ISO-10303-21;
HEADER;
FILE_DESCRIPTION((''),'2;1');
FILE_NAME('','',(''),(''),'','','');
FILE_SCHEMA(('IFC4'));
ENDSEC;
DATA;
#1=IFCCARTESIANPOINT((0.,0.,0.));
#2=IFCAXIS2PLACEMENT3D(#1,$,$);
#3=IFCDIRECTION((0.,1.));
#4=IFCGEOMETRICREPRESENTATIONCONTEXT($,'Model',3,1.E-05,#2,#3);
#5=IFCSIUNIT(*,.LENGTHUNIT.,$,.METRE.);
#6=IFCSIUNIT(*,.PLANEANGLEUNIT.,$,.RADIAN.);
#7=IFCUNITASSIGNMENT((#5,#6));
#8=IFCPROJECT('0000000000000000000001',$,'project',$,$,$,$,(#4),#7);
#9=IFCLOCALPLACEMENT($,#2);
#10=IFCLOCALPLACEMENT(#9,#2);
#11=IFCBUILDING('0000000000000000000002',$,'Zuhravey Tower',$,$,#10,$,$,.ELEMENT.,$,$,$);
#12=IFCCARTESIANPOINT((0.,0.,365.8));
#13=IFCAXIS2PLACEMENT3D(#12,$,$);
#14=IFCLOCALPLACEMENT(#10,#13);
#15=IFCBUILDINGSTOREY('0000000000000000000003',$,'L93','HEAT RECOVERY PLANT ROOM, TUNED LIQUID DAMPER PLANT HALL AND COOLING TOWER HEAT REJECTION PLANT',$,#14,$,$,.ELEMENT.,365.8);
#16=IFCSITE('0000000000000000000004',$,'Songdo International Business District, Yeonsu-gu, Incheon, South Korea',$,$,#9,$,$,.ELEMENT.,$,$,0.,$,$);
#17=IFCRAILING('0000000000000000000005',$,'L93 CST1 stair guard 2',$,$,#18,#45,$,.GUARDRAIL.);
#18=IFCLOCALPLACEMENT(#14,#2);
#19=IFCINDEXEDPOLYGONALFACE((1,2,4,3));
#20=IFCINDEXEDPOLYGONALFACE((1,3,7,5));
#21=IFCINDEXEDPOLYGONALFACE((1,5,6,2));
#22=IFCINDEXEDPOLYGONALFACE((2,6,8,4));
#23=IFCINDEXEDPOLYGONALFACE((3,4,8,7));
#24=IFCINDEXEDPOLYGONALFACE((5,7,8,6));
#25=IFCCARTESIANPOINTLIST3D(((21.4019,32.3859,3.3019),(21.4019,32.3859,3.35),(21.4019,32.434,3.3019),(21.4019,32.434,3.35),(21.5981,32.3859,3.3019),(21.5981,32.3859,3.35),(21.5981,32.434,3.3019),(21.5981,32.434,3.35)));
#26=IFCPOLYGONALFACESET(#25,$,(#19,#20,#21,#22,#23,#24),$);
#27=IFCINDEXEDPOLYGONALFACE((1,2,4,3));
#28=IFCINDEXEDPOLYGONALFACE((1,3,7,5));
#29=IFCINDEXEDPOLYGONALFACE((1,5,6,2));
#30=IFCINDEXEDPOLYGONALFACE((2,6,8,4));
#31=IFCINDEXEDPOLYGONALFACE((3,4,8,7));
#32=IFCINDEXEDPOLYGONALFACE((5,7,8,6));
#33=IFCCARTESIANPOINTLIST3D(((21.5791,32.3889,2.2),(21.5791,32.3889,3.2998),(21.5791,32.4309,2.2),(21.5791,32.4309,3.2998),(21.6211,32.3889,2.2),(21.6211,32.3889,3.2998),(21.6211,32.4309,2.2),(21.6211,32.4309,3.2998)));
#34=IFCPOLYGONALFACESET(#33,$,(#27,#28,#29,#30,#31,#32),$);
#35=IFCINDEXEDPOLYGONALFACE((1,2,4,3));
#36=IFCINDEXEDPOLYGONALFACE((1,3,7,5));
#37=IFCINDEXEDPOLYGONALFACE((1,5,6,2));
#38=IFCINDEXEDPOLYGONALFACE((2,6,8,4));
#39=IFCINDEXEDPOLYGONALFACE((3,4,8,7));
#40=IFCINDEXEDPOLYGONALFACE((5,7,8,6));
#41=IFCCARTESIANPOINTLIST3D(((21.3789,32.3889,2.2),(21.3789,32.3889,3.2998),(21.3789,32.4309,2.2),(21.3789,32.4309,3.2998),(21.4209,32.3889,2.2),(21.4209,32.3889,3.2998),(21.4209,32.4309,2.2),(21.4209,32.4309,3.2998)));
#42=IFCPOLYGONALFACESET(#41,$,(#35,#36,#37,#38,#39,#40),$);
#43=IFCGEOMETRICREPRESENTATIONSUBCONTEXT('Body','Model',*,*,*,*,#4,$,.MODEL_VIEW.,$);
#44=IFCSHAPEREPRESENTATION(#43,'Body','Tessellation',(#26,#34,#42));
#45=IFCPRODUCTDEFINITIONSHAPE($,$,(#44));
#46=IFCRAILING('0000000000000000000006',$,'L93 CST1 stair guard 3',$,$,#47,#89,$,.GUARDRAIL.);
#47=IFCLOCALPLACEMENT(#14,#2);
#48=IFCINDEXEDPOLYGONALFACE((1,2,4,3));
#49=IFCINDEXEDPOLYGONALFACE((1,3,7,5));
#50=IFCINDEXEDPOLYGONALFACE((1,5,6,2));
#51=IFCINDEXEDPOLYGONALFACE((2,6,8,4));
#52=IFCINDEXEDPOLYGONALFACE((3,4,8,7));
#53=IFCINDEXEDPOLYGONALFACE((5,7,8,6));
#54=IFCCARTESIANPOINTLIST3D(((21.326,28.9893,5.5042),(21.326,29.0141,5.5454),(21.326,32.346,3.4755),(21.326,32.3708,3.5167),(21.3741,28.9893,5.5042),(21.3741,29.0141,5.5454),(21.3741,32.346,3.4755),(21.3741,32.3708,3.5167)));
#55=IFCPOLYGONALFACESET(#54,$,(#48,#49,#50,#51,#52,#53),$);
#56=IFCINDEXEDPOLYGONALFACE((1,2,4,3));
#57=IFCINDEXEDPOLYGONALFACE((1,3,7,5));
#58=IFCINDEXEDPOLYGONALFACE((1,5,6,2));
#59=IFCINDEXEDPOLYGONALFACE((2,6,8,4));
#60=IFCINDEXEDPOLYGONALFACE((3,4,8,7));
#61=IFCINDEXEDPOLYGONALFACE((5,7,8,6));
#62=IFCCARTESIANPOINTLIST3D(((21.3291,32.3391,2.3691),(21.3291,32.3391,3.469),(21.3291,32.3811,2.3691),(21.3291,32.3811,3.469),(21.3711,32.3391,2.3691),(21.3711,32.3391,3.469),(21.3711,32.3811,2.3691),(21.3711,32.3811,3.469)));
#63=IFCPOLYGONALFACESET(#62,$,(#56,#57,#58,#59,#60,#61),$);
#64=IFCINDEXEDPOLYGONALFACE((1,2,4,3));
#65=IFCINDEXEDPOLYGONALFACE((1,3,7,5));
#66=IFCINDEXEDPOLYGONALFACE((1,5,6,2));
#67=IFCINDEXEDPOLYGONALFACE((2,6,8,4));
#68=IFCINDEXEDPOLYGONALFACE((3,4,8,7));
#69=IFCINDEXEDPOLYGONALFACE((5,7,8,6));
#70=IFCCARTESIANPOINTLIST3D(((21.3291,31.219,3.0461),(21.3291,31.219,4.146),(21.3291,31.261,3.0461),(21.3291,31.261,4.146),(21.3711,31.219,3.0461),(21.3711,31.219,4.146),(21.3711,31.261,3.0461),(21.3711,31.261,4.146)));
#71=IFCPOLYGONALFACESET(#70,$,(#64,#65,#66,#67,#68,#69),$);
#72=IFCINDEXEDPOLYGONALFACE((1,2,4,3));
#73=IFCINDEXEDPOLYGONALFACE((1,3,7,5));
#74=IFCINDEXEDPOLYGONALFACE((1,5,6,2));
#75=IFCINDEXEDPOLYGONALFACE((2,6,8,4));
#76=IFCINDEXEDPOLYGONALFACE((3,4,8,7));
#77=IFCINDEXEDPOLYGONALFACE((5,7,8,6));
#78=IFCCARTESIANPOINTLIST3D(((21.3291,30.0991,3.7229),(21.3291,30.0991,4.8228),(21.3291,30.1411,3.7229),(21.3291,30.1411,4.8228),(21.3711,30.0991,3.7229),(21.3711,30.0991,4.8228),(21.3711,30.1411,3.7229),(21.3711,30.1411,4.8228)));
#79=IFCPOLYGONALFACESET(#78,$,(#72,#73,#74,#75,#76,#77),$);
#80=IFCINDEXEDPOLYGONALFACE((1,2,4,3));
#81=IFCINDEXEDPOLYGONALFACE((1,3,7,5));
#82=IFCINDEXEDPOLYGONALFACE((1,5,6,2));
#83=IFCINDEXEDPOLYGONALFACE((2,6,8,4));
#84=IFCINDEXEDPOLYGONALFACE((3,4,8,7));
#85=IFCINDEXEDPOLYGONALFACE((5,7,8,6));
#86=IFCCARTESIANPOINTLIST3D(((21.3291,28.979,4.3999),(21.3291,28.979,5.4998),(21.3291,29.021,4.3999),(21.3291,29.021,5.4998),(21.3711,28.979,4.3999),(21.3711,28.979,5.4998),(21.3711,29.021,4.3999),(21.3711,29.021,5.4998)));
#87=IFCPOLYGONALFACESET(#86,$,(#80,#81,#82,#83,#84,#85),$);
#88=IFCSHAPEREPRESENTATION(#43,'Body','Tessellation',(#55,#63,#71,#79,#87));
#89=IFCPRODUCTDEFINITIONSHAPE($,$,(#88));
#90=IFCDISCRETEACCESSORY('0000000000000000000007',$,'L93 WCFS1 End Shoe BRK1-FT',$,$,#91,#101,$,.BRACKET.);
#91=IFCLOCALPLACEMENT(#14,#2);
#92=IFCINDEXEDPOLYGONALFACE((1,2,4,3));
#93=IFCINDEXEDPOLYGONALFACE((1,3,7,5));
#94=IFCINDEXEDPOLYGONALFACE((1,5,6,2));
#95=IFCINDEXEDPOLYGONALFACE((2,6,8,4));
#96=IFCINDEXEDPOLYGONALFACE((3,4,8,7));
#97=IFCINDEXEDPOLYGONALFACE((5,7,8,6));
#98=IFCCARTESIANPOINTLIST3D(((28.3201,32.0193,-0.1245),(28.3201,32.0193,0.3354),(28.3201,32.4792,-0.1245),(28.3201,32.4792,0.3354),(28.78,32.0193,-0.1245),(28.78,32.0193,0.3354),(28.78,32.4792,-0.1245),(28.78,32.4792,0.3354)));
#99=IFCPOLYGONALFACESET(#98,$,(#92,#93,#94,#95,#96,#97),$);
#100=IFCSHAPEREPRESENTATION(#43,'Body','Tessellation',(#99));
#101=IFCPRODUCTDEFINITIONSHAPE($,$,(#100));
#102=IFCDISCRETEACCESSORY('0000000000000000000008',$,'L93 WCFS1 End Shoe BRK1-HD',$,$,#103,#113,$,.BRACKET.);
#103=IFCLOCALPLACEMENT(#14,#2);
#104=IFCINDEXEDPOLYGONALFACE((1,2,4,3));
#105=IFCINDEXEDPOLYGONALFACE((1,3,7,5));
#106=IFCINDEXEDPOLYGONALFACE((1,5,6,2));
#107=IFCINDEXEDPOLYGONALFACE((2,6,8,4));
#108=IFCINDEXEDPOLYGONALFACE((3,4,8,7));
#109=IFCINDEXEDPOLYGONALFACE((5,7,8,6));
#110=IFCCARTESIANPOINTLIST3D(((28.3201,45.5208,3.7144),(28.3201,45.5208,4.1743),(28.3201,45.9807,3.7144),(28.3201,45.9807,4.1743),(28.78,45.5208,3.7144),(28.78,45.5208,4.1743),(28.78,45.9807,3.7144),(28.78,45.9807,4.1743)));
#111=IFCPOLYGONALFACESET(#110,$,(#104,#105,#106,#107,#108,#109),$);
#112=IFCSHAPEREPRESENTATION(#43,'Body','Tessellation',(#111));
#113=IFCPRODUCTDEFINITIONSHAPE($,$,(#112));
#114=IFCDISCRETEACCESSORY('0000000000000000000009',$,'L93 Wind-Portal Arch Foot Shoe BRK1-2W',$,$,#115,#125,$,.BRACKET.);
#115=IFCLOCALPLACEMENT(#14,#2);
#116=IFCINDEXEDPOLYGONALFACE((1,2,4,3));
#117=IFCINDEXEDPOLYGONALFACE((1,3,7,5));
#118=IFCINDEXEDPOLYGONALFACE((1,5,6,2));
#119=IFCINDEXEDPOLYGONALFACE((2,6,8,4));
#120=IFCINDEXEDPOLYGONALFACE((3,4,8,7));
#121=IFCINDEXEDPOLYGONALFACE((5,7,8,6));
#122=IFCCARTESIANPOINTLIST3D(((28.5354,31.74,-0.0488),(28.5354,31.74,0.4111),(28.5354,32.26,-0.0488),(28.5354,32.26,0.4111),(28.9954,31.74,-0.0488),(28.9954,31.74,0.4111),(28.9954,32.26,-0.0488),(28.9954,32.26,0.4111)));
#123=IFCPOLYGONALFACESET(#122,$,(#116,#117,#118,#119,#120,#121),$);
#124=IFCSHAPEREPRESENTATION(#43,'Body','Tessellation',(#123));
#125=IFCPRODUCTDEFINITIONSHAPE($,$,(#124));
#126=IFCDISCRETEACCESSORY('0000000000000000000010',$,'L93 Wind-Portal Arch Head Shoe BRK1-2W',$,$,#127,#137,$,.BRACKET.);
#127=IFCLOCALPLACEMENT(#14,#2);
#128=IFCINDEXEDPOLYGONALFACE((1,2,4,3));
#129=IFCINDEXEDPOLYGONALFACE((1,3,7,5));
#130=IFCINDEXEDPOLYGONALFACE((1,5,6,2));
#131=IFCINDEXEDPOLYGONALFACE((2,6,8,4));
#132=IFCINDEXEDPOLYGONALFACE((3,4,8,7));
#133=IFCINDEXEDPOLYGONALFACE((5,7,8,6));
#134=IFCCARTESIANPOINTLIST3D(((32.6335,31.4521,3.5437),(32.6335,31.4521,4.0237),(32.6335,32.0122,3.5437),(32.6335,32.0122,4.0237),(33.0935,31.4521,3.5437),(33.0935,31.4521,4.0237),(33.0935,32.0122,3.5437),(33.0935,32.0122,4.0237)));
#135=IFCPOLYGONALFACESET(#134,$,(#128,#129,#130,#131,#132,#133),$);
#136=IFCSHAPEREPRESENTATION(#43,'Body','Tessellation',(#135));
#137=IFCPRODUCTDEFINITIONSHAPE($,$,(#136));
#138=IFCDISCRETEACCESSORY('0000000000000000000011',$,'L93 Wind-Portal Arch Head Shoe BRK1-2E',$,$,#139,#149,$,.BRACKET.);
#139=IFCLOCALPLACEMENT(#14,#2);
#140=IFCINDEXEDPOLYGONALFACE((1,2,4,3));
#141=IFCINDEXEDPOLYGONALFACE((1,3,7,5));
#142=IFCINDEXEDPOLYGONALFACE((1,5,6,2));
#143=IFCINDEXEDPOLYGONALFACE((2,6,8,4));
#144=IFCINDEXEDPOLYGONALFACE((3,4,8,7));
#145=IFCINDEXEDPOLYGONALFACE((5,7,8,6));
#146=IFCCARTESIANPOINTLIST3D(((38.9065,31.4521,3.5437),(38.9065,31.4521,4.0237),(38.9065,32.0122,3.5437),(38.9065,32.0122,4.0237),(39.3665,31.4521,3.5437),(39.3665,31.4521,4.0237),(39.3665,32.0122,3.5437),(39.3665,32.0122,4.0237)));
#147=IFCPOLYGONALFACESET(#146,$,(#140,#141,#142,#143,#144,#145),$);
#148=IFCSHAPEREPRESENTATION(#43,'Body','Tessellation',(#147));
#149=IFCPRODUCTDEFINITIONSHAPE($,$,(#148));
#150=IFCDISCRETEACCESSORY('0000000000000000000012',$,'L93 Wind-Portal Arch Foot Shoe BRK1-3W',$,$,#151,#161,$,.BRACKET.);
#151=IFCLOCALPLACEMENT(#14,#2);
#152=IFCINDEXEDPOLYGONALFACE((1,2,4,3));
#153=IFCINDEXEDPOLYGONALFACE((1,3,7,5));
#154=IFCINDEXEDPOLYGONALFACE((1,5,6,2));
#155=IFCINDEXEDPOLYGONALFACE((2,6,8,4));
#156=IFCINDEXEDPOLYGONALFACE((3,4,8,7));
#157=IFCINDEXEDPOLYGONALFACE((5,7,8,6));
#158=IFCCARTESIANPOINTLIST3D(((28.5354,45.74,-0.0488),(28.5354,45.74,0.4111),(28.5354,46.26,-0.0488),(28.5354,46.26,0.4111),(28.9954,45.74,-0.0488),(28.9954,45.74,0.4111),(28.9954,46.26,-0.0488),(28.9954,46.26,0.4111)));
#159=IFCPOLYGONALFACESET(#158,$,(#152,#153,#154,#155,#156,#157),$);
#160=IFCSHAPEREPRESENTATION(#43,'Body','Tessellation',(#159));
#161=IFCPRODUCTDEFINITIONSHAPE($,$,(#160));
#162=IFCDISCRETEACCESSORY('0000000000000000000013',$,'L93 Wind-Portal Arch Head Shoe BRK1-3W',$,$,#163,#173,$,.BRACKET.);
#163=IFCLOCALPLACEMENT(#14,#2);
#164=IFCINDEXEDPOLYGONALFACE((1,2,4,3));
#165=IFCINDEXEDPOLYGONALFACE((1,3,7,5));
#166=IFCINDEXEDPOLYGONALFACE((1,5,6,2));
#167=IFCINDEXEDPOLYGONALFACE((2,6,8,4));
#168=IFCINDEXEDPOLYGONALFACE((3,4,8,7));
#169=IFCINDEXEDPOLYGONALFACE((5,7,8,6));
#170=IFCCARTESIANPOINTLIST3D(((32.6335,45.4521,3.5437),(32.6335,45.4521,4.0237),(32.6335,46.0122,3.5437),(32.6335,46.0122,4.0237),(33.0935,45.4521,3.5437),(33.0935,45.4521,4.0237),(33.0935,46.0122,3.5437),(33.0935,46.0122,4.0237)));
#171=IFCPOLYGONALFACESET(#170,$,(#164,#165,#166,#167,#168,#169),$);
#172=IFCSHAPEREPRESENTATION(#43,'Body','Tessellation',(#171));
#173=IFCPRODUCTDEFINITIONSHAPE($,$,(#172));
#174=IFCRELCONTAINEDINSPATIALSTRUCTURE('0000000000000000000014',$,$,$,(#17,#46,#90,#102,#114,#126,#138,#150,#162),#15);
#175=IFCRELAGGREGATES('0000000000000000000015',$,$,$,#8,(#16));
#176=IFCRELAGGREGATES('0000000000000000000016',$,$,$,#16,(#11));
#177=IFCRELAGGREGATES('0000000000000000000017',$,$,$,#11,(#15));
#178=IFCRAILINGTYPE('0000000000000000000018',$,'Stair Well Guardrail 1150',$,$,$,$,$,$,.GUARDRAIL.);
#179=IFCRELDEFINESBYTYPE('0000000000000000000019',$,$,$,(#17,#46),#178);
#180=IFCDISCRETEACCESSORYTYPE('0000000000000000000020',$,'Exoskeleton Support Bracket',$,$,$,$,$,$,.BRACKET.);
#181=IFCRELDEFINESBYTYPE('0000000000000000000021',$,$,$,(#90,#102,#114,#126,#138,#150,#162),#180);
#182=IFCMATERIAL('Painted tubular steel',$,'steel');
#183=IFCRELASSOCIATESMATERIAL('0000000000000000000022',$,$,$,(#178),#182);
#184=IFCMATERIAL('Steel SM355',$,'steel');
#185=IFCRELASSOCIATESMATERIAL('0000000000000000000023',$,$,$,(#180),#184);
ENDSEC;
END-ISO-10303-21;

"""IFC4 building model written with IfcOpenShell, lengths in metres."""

from ifc_helpers import new_model, si_unit, direction, frame, origin, origin_2d, place, context, subcontext, project, spatial, rectangle, extrude, material, type_object, element, save


model = new_model("IFC4")

# Units and contexts
model_context = context("Model", 3, precision=1e-05, world=origin(), true_north=direction((0.0, 1.0)))
body_context = subcontext(model_context, "Body", "Model", "MODEL_VIEW")
ifc_project = project(units=[si_unit("LENGTHUNIT", "METRE"), si_unit("PLANEANGLEUNIT", "RADIAN")], contexts=[model_context])

# Site, building, storey
site_placement = place(None, origin())
site = spatial("IfcSite", under=ifc_project, at=site_placement, Name="Songdo International Business District, Yeonsu-gu, Incheon, South Korea", CompositionType="ELEMENT", RefElevation=0.0)
building_placement = place(site_placement, origin())
building = spatial("IfcBuilding", under=site, at=building_placement, Name="Zuhravey Tower", CompositionType="ELEMENT")
storey_placement = place(building_placement, frame((0.0, 0.0, 365.8)))
storey = spatial("IfcBuildingStorey", under=building, at=storey_placement, Name="L93", Description="HEAT RECOVERY PLANT ROOM, TUNED LIQUID DAMPER PLANT HALL AND COOLING TOWER HEAT REJECTION PLANT", CompositionType="ELEMENT", Elevation=365.8)

# Shared definitions
ifc_material_1 = material(Name="Steel SM355", Category="steel")

# Railings
ifc_material_2 = material(Name="Painted tubular steel", Category="steel")
railing_type_1 = type_object("IfcRailingType", Name="Stair Well Guardrail 1150", PredefinedType="GUARDRAIL", material=ifc_material_2)
railing_1_placement = place(storey_placement, frame((21.6001, 32.4099, 2.2)))
element("IfcRailing", 1, at=railing_1_placement, inside=storey, type_object=railing_type_1, Name="L93 CST1 stair guard 2", PredefinedType="GUARDRAIL", context=body_context, shape_type="SweptSolid", body=[
    extrude(rectangle(XDim=0.0481, YDim=0.0481, at=origin_2d()), frame((-0.002, 0.0, 1.126), z_axis=(-1.0, 0.0, 0.0), x_axis=(0.0, -1.0, 0.0)), (0.0, 0.0, 1.0), 0.1963),
    extrude(rectangle(XDim=0.042, YDim=0.042, at=origin_2d()), origin(), (0.0, 0.0, 1.0), 1.0999),
    extrude(rectangle(XDim=0.042, YDim=0.042, at=origin_2d()), frame((-0.2002, 0.0, 0.0)), (0.0, 0.0, 1.0), 1.0999),
])
railing_2_placement = place(storey_placement, frame((21.3501, 32.3601, 2.3691)))
element("IfcRailing", 2, at=railing_2_placement, inside=storey, type_object=railing_type_1, Name="L93 CST1 stair guard 3", PredefinedType="GUARDRAIL", context=body_context, shape_type="SweptSolid", body=[
    extrude(rectangle(XDim=0.0481, YDim=0.0481, at=origin_2d()), frame((0.0, -0.0017, 1.127), z_axis=(0.0, -0.855837, 0.517246), x_axis=(1.0, 0.0, 0.0)), (0.0, 0.0, 1.0), 3.9221),
    extrude(rectangle(XDim=0.042, YDim=0.042, at=origin_2d()), origin(), (0.0, 0.0, 1.0), 1.0999),
    extrude(rectangle(XDim=0.042, YDim=0.042, at=origin_2d()), frame((0.0, -1.1201, 0.677)), (0.0, 0.0, 1.0), 1.0999),
    extrude(rectangle(XDim=0.042, YDim=0.042, at=origin_2d()), frame((0.0, -2.24, 1.3538)), (0.0, 0.0, 1.0), 1.0999),
    extrude(rectangle(XDim=0.042, YDim=0.042, at=origin_2d()), frame((0.0, -3.3601, 2.0308)), (0.0, 0.0, 1.0), 1.0999),
])

# Discrete accessories
discrete_accessory_type = type_object("IfcDiscreteAccessoryType", Name="Exoskeleton Support Bracket", PredefinedType="BRACKET", material=ifc_material_1)
for number, where, z_axis, x_axis, name in (
    (3, (28.55, 32.2493, -0.1245), (0.0, 0.0, 1.0), (1.0, 0.0, 0.0), "L93 WCFS1 End Shoe BRK1-FT"),
    (4, (28.55, 45.7507, 3.7144), (0.0, 0.0, 1.0), (1.0, 0.0, 0.0), "L93 WCFS1 End Shoe BRK1-HD"),
):
    element("IfcDiscreteAccessory", number, at=place(storey_placement, frame(where, z_axis=z_axis, x_axis=x_axis)), inside=storey, type_object=discrete_accessory_type, Name=name, PredefinedType="BRACKET", context=body_context, shape_type="SweptSolid", body=[
        extrude(rectangle(XDim=0.46, YDim=0.46, at=origin_2d()), origin(), (0.0, 0.0, 1.0), 0.46),
    ])
discrete_accessory_1_placement = place(storey_placement, frame((28.7654, 32.0, -0.0488), z_axis=(0.0, 0.0, 1.0), x_axis=(1.0, 0.0, 0.0)))
element("IfcDiscreteAccessory", 5, at=discrete_accessory_1_placement, inside=storey, type_object=discrete_accessory_type, Name="L93 Wind-Portal Arch Foot Shoe BRK1-2W", PredefinedType="BRACKET", context=body_context, shape_type="SweptSolid", body=[
    extrude(rectangle(XDim=0.46, YDim=0.52, at=origin_2d()), origin(), (0.0, 0.0, 1.0), 0.46),
])
for number, where, z_axis, x_axis, name in (
    (6, (32.8635, 31.7322, 3.5437), (0.0, 0.0, 1.0), (1.0, 0.0, 0.0), "L93 Wind-Portal Arch Head Shoe BRK1-2W"),
    (7, (39.1365, 31.7322, 3.5437), (0.0, 0.0, 1.0), (1.0, 0.0, 0.0), "L93 Wind-Portal Arch Head Shoe BRK1-2E"),
):
    element("IfcDiscreteAccessory", number, at=place(storey_placement, frame(where, z_axis=z_axis, x_axis=x_axis)), inside=storey, type_object=discrete_accessory_type, Name=name, PredefinedType="BRACKET", context=body_context, shape_type="SweptSolid", body=[
        extrude(rectangle(XDim=0.46, YDim=0.5601, at=origin_2d()), origin(), (0.0, 0.0, 1.0), 0.48),
    ])
discrete_accessory_2_placement = place(storey_placement, frame((28.7654, 46.0, -0.0488), z_axis=(0.0, 0.0, 1.0), x_axis=(1.0, 0.0, 0.0)))
element("IfcDiscreteAccessory", 8, at=discrete_accessory_2_placement, inside=storey, type_object=discrete_accessory_type, Name="L93 Wind-Portal Arch Foot Shoe BRK1-3W", PredefinedType="BRACKET", context=body_context, shape_type="SweptSolid", body=[
    extrude(rectangle(XDim=0.46, YDim=0.52, at=origin_2d()), origin(), (0.0, 0.0, 1.0), 0.46),
])
discrete_accessory_3_placement = place(storey_placement, frame((32.8635, 45.7322, 3.5437), z_axis=(0.0, 0.0, 1.0), x_axis=(1.0, 0.0, 0.0)))
element("IfcDiscreteAccessory", 9, at=discrete_accessory_3_placement, inside=storey, type_object=discrete_accessory_type, Name="L93 Wind-Portal Arch Head Shoe BRK1-3W", PredefinedType="BRACKET", context=body_context, shape_type="SweptSolid", body=[
    extrude(rectangle(XDim=0.46, YDim=0.5601, at=origin_2d()), origin(), (0.0, 0.0, 1.0), 0.48),
])

save(model, "model.ifc")
